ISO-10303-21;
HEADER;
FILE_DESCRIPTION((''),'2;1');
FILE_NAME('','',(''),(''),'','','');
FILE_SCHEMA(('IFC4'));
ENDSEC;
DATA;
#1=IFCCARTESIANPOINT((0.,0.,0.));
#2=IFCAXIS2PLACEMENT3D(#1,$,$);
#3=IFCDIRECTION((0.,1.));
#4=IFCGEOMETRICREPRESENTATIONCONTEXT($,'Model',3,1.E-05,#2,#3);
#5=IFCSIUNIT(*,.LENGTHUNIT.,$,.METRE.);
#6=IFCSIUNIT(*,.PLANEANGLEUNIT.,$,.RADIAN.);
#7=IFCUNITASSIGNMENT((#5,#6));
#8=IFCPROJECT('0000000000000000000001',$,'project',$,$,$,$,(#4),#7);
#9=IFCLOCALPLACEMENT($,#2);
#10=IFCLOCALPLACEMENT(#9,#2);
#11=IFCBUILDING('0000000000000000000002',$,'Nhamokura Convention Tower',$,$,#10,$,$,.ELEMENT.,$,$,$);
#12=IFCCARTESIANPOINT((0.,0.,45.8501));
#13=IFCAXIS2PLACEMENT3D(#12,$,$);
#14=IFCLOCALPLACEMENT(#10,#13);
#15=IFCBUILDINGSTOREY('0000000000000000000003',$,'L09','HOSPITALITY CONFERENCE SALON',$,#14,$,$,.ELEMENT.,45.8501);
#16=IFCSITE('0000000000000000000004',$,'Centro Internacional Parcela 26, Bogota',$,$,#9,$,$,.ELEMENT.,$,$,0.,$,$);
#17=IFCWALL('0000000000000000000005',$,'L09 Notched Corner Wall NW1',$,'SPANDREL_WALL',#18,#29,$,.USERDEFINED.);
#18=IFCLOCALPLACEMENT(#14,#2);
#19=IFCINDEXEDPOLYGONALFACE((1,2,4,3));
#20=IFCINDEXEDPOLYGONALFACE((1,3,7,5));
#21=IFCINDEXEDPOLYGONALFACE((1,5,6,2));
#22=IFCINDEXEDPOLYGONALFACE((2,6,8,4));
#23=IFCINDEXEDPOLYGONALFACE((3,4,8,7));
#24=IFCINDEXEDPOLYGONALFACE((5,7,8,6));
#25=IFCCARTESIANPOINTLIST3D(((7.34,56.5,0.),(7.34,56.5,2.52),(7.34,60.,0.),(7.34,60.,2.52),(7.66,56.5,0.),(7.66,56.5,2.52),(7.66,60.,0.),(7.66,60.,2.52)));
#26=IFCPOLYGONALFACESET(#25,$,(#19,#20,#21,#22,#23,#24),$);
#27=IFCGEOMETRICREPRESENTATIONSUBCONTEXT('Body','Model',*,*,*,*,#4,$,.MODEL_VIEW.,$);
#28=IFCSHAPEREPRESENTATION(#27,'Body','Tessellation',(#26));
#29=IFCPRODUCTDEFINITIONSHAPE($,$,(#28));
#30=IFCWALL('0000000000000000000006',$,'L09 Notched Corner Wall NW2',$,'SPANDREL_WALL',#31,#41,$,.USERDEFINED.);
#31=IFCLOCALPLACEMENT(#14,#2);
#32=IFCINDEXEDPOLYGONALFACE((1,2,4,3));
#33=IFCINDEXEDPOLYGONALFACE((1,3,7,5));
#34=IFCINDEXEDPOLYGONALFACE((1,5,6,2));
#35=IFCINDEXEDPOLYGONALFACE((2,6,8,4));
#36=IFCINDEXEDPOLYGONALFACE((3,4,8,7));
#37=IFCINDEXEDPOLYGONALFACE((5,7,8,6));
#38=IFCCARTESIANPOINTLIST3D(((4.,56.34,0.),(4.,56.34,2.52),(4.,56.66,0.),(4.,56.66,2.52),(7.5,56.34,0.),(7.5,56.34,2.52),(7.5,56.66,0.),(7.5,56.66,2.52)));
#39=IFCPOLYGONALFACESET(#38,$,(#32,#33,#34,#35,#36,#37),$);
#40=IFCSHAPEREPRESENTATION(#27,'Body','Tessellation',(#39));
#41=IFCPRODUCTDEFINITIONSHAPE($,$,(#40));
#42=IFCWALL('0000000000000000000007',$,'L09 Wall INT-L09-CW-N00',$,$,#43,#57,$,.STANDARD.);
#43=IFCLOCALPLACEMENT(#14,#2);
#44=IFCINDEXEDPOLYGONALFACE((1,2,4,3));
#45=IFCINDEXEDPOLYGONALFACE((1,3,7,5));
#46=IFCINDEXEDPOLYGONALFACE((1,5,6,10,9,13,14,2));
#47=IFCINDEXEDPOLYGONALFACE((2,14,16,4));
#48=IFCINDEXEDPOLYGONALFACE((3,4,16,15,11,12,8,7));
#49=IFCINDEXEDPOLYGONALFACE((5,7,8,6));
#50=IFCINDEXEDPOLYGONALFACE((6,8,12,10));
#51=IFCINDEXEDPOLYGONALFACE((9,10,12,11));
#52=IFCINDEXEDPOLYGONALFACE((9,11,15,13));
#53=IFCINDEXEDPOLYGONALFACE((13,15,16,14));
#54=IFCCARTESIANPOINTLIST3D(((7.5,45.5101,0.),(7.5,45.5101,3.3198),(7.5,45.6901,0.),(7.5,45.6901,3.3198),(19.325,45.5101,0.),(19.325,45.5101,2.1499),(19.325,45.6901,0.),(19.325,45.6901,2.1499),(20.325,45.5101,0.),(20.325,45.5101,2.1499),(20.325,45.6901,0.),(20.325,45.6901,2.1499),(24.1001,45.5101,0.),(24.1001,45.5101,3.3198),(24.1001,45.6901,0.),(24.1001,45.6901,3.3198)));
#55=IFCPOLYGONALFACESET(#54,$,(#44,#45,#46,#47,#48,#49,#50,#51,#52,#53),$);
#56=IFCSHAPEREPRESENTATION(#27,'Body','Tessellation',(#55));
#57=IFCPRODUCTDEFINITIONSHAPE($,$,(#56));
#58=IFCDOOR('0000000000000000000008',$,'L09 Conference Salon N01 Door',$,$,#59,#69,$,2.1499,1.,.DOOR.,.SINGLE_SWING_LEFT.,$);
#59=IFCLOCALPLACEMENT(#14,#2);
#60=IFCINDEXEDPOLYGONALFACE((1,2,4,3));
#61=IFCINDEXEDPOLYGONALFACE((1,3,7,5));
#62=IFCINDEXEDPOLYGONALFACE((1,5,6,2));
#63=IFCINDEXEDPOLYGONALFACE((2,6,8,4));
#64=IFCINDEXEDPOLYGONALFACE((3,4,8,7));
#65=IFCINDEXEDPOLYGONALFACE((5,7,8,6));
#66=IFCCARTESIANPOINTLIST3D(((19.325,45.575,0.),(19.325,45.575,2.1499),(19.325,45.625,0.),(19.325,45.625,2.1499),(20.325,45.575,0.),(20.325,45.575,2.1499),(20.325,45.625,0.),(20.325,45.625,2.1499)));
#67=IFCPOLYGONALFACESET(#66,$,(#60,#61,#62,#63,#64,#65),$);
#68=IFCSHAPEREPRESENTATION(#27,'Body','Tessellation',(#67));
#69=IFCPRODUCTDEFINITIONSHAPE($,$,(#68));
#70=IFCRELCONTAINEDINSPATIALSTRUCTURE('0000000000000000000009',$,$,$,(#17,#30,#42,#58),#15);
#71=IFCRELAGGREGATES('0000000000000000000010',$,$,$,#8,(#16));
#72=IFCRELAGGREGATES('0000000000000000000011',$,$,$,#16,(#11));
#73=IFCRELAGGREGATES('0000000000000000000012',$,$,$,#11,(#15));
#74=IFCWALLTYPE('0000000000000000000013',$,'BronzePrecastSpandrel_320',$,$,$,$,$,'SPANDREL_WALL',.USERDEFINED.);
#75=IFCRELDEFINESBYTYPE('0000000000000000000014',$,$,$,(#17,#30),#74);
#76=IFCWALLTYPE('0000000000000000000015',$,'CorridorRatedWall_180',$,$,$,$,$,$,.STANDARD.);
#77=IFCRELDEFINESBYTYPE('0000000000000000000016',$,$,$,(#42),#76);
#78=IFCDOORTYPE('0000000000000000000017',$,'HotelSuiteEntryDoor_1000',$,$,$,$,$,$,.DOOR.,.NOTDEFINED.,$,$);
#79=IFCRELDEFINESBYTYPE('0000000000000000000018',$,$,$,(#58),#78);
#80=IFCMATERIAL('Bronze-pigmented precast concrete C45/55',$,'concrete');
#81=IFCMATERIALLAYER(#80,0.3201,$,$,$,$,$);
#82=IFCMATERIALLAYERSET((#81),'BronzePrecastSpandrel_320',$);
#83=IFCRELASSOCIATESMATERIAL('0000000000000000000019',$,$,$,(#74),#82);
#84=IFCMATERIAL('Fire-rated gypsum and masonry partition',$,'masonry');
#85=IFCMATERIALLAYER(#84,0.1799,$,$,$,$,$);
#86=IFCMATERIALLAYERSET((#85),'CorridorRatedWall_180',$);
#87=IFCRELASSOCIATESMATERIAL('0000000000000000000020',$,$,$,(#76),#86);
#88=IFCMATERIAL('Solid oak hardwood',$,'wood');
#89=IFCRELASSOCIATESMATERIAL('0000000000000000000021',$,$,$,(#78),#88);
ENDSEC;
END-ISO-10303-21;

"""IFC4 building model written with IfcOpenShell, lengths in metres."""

from ifc_helpers import new_model, si_unit, direction, frame, frame_2d, origin, place, context, subcontext, project, spatial, rectangle, extrude, material, layer, layer_set, type_object, element, fill, save


model = new_model("IFC4")

# Units and contexts
model_context = context("Model", 3, precision=1e-05, world=origin(), true_north=direction((0.0, 1.0)))
body_context = subcontext(model_context, "Body", "Model", "MODEL_VIEW")
ifc_project = project(units=[si_unit("LENGTHUNIT", "METRE"), si_unit("PLANEANGLEUNIT", "RADIAN")], contexts=[model_context])

# Site, building, storey
site_placement = place(None, origin())
site = spatial("IfcSite", under=ifc_project, at=site_placement, Name="Centro Internacional Parcela 26, Bogota", CompositionType="ELEMENT", RefElevation=0.0)
building_placement = place(site_placement, origin())
building = spatial("IfcBuilding", under=site, at=building_placement, Name="Nhamokura Convention Tower", CompositionType="ELEMENT")
storey_placement = place(building_placement, frame((0.0, 0.0, 45.8501)))
storey = spatial("IfcBuildingStorey", under=building, at=storey_placement, Name="L09", Description="HOSPITALITY CONFERENCE SALON", CompositionType="ELEMENT", Elevation=45.8501)

# Walls
ifc_material_1 = material(Name="Bronze-pigmented precast concrete C45/55", Category="concrete")
ifc_layer_1 = layer(ifc_material_1, 0.3201)
ifc_layer_set_1 = layer_set([ifc_layer_1], Name="BronzePrecastSpandrel_320")
wall_type_1 = type_object("IfcWallType", Name="BronzePrecastSpandrel_320", ElementType="SPANDREL_WALL", PredefinedType="USERDEFINED", material=ifc_layer_set_1)
for number, where, z_axis, x_axis, name in (
    (1, (7.5, 56.5, 0.0), (0.0, 0.0, 1.0), (0.0, 1.0, 0.0), "L09 Notched Corner Wall NW1"),
    (2, (4.0, 56.5, 0.0), (0.0, 0.0, 1.0), (1.0, 0.0, 0.0), "L09 Notched Corner Wall NW2"),
):
    element("IfcWall", number, at=place(storey_placement, frame(where, z_axis=z_axis, x_axis=x_axis)), inside=storey, type_object=wall_type_1, Name=name, ObjectType="SPANDREL_WALL", PredefinedType="USERDEFINED", context=body_context, shape_type="SweptSolid", body=[
        extrude(rectangle(XDim=3.5, YDim=0.3201, at=frame_2d((1.75, 0.0))), origin(), (0.0, 0.0, 1.0), 2.52),
    ])

# Wall, opening, door
ifc_material_2 = material(Name="Fire-rated gypsum and masonry partition", Category="masonry")
ifc_layer_2 = layer(ifc_material_2, 0.1799)
ifc_layer_set_2 = layer_set([ifc_layer_2], Name="CorridorRatedWall_180")
wall_type_2 = type_object("IfcWallType", Name="CorridorRatedWall_180", PredefinedType="STANDARD", material=ifc_layer_set_2)
wall_placement = place(storey_placement, frame((7.5, 45.6001, 0.0), z_axis=(0.0, 0.0, 1.0), x_axis=(1.0, 0.0, 0.0)))
wall = element("IfcWall", 3, at=wall_placement, inside=storey, type_object=wall_type_2, Name="L09 Wall INT-L09-CW-N00", PredefinedType="STANDARD", context=body_context, shape_type="SweptSolid", body=[
    extrude(rectangle(XDim=16.6001, YDim=0.1799, at=frame_2d((8.3, 0.0))), origin(), (0.0, 0.0, 1.0), 3.3198),
])
opening_placement = place(wall_placement, frame((11.825, 0.0, 0.0)))
opening = element("IfcOpeningElement", 4, at=opening_placement, cuts=wall, PredefinedType="OPENING", context=body_context, shape_type="SweptSolid", body=[
    extrude(rectangle(XDim=1.0, YDim=2.1499, at=frame_2d((0.5, 1.075))), frame((0.0, 0.0999, 0.0), z_axis=(0.0, -1.0, 0.0), x_axis=(1.0, 0.0, 0.0)), (0.0, 0.0, 1.0), 0.2),
])
ifc_material_3 = material(Name="Solid oak hardwood", Category="wood")
door_type = type_object("IfcDoorType", Name="HotelSuiteEntryDoor_1000", OperationType="NOTDEFINED", PredefinedType="DOOR", material=ifc_material_3)
door_placement = place(opening_placement, origin())
door = element("IfcDoor", 5, at=door_placement, inside=storey, type_object=door_type, Name="L09 Conference Salon N01 Door", OperationType="SINGLE_SWING_LEFT", OverallHeight=2.1499, OverallWidth=1.0, PredefinedType="DOOR", context=body_context, shape_type="SweptSolid", body=[
    extrude(rectangle(XDim=1.0, YDim=2.1499, at=frame_2d((0.5, 1.075))), frame((0.0, 0.0249, 0.0), z_axis=(0.0, -1.0, 0.0), x_axis=(1.0, 0.0, 0.0)), (0.0, 0.0, 1.0), 0.05),
])
fill(opening, door)

save(model, "model.ifc")
